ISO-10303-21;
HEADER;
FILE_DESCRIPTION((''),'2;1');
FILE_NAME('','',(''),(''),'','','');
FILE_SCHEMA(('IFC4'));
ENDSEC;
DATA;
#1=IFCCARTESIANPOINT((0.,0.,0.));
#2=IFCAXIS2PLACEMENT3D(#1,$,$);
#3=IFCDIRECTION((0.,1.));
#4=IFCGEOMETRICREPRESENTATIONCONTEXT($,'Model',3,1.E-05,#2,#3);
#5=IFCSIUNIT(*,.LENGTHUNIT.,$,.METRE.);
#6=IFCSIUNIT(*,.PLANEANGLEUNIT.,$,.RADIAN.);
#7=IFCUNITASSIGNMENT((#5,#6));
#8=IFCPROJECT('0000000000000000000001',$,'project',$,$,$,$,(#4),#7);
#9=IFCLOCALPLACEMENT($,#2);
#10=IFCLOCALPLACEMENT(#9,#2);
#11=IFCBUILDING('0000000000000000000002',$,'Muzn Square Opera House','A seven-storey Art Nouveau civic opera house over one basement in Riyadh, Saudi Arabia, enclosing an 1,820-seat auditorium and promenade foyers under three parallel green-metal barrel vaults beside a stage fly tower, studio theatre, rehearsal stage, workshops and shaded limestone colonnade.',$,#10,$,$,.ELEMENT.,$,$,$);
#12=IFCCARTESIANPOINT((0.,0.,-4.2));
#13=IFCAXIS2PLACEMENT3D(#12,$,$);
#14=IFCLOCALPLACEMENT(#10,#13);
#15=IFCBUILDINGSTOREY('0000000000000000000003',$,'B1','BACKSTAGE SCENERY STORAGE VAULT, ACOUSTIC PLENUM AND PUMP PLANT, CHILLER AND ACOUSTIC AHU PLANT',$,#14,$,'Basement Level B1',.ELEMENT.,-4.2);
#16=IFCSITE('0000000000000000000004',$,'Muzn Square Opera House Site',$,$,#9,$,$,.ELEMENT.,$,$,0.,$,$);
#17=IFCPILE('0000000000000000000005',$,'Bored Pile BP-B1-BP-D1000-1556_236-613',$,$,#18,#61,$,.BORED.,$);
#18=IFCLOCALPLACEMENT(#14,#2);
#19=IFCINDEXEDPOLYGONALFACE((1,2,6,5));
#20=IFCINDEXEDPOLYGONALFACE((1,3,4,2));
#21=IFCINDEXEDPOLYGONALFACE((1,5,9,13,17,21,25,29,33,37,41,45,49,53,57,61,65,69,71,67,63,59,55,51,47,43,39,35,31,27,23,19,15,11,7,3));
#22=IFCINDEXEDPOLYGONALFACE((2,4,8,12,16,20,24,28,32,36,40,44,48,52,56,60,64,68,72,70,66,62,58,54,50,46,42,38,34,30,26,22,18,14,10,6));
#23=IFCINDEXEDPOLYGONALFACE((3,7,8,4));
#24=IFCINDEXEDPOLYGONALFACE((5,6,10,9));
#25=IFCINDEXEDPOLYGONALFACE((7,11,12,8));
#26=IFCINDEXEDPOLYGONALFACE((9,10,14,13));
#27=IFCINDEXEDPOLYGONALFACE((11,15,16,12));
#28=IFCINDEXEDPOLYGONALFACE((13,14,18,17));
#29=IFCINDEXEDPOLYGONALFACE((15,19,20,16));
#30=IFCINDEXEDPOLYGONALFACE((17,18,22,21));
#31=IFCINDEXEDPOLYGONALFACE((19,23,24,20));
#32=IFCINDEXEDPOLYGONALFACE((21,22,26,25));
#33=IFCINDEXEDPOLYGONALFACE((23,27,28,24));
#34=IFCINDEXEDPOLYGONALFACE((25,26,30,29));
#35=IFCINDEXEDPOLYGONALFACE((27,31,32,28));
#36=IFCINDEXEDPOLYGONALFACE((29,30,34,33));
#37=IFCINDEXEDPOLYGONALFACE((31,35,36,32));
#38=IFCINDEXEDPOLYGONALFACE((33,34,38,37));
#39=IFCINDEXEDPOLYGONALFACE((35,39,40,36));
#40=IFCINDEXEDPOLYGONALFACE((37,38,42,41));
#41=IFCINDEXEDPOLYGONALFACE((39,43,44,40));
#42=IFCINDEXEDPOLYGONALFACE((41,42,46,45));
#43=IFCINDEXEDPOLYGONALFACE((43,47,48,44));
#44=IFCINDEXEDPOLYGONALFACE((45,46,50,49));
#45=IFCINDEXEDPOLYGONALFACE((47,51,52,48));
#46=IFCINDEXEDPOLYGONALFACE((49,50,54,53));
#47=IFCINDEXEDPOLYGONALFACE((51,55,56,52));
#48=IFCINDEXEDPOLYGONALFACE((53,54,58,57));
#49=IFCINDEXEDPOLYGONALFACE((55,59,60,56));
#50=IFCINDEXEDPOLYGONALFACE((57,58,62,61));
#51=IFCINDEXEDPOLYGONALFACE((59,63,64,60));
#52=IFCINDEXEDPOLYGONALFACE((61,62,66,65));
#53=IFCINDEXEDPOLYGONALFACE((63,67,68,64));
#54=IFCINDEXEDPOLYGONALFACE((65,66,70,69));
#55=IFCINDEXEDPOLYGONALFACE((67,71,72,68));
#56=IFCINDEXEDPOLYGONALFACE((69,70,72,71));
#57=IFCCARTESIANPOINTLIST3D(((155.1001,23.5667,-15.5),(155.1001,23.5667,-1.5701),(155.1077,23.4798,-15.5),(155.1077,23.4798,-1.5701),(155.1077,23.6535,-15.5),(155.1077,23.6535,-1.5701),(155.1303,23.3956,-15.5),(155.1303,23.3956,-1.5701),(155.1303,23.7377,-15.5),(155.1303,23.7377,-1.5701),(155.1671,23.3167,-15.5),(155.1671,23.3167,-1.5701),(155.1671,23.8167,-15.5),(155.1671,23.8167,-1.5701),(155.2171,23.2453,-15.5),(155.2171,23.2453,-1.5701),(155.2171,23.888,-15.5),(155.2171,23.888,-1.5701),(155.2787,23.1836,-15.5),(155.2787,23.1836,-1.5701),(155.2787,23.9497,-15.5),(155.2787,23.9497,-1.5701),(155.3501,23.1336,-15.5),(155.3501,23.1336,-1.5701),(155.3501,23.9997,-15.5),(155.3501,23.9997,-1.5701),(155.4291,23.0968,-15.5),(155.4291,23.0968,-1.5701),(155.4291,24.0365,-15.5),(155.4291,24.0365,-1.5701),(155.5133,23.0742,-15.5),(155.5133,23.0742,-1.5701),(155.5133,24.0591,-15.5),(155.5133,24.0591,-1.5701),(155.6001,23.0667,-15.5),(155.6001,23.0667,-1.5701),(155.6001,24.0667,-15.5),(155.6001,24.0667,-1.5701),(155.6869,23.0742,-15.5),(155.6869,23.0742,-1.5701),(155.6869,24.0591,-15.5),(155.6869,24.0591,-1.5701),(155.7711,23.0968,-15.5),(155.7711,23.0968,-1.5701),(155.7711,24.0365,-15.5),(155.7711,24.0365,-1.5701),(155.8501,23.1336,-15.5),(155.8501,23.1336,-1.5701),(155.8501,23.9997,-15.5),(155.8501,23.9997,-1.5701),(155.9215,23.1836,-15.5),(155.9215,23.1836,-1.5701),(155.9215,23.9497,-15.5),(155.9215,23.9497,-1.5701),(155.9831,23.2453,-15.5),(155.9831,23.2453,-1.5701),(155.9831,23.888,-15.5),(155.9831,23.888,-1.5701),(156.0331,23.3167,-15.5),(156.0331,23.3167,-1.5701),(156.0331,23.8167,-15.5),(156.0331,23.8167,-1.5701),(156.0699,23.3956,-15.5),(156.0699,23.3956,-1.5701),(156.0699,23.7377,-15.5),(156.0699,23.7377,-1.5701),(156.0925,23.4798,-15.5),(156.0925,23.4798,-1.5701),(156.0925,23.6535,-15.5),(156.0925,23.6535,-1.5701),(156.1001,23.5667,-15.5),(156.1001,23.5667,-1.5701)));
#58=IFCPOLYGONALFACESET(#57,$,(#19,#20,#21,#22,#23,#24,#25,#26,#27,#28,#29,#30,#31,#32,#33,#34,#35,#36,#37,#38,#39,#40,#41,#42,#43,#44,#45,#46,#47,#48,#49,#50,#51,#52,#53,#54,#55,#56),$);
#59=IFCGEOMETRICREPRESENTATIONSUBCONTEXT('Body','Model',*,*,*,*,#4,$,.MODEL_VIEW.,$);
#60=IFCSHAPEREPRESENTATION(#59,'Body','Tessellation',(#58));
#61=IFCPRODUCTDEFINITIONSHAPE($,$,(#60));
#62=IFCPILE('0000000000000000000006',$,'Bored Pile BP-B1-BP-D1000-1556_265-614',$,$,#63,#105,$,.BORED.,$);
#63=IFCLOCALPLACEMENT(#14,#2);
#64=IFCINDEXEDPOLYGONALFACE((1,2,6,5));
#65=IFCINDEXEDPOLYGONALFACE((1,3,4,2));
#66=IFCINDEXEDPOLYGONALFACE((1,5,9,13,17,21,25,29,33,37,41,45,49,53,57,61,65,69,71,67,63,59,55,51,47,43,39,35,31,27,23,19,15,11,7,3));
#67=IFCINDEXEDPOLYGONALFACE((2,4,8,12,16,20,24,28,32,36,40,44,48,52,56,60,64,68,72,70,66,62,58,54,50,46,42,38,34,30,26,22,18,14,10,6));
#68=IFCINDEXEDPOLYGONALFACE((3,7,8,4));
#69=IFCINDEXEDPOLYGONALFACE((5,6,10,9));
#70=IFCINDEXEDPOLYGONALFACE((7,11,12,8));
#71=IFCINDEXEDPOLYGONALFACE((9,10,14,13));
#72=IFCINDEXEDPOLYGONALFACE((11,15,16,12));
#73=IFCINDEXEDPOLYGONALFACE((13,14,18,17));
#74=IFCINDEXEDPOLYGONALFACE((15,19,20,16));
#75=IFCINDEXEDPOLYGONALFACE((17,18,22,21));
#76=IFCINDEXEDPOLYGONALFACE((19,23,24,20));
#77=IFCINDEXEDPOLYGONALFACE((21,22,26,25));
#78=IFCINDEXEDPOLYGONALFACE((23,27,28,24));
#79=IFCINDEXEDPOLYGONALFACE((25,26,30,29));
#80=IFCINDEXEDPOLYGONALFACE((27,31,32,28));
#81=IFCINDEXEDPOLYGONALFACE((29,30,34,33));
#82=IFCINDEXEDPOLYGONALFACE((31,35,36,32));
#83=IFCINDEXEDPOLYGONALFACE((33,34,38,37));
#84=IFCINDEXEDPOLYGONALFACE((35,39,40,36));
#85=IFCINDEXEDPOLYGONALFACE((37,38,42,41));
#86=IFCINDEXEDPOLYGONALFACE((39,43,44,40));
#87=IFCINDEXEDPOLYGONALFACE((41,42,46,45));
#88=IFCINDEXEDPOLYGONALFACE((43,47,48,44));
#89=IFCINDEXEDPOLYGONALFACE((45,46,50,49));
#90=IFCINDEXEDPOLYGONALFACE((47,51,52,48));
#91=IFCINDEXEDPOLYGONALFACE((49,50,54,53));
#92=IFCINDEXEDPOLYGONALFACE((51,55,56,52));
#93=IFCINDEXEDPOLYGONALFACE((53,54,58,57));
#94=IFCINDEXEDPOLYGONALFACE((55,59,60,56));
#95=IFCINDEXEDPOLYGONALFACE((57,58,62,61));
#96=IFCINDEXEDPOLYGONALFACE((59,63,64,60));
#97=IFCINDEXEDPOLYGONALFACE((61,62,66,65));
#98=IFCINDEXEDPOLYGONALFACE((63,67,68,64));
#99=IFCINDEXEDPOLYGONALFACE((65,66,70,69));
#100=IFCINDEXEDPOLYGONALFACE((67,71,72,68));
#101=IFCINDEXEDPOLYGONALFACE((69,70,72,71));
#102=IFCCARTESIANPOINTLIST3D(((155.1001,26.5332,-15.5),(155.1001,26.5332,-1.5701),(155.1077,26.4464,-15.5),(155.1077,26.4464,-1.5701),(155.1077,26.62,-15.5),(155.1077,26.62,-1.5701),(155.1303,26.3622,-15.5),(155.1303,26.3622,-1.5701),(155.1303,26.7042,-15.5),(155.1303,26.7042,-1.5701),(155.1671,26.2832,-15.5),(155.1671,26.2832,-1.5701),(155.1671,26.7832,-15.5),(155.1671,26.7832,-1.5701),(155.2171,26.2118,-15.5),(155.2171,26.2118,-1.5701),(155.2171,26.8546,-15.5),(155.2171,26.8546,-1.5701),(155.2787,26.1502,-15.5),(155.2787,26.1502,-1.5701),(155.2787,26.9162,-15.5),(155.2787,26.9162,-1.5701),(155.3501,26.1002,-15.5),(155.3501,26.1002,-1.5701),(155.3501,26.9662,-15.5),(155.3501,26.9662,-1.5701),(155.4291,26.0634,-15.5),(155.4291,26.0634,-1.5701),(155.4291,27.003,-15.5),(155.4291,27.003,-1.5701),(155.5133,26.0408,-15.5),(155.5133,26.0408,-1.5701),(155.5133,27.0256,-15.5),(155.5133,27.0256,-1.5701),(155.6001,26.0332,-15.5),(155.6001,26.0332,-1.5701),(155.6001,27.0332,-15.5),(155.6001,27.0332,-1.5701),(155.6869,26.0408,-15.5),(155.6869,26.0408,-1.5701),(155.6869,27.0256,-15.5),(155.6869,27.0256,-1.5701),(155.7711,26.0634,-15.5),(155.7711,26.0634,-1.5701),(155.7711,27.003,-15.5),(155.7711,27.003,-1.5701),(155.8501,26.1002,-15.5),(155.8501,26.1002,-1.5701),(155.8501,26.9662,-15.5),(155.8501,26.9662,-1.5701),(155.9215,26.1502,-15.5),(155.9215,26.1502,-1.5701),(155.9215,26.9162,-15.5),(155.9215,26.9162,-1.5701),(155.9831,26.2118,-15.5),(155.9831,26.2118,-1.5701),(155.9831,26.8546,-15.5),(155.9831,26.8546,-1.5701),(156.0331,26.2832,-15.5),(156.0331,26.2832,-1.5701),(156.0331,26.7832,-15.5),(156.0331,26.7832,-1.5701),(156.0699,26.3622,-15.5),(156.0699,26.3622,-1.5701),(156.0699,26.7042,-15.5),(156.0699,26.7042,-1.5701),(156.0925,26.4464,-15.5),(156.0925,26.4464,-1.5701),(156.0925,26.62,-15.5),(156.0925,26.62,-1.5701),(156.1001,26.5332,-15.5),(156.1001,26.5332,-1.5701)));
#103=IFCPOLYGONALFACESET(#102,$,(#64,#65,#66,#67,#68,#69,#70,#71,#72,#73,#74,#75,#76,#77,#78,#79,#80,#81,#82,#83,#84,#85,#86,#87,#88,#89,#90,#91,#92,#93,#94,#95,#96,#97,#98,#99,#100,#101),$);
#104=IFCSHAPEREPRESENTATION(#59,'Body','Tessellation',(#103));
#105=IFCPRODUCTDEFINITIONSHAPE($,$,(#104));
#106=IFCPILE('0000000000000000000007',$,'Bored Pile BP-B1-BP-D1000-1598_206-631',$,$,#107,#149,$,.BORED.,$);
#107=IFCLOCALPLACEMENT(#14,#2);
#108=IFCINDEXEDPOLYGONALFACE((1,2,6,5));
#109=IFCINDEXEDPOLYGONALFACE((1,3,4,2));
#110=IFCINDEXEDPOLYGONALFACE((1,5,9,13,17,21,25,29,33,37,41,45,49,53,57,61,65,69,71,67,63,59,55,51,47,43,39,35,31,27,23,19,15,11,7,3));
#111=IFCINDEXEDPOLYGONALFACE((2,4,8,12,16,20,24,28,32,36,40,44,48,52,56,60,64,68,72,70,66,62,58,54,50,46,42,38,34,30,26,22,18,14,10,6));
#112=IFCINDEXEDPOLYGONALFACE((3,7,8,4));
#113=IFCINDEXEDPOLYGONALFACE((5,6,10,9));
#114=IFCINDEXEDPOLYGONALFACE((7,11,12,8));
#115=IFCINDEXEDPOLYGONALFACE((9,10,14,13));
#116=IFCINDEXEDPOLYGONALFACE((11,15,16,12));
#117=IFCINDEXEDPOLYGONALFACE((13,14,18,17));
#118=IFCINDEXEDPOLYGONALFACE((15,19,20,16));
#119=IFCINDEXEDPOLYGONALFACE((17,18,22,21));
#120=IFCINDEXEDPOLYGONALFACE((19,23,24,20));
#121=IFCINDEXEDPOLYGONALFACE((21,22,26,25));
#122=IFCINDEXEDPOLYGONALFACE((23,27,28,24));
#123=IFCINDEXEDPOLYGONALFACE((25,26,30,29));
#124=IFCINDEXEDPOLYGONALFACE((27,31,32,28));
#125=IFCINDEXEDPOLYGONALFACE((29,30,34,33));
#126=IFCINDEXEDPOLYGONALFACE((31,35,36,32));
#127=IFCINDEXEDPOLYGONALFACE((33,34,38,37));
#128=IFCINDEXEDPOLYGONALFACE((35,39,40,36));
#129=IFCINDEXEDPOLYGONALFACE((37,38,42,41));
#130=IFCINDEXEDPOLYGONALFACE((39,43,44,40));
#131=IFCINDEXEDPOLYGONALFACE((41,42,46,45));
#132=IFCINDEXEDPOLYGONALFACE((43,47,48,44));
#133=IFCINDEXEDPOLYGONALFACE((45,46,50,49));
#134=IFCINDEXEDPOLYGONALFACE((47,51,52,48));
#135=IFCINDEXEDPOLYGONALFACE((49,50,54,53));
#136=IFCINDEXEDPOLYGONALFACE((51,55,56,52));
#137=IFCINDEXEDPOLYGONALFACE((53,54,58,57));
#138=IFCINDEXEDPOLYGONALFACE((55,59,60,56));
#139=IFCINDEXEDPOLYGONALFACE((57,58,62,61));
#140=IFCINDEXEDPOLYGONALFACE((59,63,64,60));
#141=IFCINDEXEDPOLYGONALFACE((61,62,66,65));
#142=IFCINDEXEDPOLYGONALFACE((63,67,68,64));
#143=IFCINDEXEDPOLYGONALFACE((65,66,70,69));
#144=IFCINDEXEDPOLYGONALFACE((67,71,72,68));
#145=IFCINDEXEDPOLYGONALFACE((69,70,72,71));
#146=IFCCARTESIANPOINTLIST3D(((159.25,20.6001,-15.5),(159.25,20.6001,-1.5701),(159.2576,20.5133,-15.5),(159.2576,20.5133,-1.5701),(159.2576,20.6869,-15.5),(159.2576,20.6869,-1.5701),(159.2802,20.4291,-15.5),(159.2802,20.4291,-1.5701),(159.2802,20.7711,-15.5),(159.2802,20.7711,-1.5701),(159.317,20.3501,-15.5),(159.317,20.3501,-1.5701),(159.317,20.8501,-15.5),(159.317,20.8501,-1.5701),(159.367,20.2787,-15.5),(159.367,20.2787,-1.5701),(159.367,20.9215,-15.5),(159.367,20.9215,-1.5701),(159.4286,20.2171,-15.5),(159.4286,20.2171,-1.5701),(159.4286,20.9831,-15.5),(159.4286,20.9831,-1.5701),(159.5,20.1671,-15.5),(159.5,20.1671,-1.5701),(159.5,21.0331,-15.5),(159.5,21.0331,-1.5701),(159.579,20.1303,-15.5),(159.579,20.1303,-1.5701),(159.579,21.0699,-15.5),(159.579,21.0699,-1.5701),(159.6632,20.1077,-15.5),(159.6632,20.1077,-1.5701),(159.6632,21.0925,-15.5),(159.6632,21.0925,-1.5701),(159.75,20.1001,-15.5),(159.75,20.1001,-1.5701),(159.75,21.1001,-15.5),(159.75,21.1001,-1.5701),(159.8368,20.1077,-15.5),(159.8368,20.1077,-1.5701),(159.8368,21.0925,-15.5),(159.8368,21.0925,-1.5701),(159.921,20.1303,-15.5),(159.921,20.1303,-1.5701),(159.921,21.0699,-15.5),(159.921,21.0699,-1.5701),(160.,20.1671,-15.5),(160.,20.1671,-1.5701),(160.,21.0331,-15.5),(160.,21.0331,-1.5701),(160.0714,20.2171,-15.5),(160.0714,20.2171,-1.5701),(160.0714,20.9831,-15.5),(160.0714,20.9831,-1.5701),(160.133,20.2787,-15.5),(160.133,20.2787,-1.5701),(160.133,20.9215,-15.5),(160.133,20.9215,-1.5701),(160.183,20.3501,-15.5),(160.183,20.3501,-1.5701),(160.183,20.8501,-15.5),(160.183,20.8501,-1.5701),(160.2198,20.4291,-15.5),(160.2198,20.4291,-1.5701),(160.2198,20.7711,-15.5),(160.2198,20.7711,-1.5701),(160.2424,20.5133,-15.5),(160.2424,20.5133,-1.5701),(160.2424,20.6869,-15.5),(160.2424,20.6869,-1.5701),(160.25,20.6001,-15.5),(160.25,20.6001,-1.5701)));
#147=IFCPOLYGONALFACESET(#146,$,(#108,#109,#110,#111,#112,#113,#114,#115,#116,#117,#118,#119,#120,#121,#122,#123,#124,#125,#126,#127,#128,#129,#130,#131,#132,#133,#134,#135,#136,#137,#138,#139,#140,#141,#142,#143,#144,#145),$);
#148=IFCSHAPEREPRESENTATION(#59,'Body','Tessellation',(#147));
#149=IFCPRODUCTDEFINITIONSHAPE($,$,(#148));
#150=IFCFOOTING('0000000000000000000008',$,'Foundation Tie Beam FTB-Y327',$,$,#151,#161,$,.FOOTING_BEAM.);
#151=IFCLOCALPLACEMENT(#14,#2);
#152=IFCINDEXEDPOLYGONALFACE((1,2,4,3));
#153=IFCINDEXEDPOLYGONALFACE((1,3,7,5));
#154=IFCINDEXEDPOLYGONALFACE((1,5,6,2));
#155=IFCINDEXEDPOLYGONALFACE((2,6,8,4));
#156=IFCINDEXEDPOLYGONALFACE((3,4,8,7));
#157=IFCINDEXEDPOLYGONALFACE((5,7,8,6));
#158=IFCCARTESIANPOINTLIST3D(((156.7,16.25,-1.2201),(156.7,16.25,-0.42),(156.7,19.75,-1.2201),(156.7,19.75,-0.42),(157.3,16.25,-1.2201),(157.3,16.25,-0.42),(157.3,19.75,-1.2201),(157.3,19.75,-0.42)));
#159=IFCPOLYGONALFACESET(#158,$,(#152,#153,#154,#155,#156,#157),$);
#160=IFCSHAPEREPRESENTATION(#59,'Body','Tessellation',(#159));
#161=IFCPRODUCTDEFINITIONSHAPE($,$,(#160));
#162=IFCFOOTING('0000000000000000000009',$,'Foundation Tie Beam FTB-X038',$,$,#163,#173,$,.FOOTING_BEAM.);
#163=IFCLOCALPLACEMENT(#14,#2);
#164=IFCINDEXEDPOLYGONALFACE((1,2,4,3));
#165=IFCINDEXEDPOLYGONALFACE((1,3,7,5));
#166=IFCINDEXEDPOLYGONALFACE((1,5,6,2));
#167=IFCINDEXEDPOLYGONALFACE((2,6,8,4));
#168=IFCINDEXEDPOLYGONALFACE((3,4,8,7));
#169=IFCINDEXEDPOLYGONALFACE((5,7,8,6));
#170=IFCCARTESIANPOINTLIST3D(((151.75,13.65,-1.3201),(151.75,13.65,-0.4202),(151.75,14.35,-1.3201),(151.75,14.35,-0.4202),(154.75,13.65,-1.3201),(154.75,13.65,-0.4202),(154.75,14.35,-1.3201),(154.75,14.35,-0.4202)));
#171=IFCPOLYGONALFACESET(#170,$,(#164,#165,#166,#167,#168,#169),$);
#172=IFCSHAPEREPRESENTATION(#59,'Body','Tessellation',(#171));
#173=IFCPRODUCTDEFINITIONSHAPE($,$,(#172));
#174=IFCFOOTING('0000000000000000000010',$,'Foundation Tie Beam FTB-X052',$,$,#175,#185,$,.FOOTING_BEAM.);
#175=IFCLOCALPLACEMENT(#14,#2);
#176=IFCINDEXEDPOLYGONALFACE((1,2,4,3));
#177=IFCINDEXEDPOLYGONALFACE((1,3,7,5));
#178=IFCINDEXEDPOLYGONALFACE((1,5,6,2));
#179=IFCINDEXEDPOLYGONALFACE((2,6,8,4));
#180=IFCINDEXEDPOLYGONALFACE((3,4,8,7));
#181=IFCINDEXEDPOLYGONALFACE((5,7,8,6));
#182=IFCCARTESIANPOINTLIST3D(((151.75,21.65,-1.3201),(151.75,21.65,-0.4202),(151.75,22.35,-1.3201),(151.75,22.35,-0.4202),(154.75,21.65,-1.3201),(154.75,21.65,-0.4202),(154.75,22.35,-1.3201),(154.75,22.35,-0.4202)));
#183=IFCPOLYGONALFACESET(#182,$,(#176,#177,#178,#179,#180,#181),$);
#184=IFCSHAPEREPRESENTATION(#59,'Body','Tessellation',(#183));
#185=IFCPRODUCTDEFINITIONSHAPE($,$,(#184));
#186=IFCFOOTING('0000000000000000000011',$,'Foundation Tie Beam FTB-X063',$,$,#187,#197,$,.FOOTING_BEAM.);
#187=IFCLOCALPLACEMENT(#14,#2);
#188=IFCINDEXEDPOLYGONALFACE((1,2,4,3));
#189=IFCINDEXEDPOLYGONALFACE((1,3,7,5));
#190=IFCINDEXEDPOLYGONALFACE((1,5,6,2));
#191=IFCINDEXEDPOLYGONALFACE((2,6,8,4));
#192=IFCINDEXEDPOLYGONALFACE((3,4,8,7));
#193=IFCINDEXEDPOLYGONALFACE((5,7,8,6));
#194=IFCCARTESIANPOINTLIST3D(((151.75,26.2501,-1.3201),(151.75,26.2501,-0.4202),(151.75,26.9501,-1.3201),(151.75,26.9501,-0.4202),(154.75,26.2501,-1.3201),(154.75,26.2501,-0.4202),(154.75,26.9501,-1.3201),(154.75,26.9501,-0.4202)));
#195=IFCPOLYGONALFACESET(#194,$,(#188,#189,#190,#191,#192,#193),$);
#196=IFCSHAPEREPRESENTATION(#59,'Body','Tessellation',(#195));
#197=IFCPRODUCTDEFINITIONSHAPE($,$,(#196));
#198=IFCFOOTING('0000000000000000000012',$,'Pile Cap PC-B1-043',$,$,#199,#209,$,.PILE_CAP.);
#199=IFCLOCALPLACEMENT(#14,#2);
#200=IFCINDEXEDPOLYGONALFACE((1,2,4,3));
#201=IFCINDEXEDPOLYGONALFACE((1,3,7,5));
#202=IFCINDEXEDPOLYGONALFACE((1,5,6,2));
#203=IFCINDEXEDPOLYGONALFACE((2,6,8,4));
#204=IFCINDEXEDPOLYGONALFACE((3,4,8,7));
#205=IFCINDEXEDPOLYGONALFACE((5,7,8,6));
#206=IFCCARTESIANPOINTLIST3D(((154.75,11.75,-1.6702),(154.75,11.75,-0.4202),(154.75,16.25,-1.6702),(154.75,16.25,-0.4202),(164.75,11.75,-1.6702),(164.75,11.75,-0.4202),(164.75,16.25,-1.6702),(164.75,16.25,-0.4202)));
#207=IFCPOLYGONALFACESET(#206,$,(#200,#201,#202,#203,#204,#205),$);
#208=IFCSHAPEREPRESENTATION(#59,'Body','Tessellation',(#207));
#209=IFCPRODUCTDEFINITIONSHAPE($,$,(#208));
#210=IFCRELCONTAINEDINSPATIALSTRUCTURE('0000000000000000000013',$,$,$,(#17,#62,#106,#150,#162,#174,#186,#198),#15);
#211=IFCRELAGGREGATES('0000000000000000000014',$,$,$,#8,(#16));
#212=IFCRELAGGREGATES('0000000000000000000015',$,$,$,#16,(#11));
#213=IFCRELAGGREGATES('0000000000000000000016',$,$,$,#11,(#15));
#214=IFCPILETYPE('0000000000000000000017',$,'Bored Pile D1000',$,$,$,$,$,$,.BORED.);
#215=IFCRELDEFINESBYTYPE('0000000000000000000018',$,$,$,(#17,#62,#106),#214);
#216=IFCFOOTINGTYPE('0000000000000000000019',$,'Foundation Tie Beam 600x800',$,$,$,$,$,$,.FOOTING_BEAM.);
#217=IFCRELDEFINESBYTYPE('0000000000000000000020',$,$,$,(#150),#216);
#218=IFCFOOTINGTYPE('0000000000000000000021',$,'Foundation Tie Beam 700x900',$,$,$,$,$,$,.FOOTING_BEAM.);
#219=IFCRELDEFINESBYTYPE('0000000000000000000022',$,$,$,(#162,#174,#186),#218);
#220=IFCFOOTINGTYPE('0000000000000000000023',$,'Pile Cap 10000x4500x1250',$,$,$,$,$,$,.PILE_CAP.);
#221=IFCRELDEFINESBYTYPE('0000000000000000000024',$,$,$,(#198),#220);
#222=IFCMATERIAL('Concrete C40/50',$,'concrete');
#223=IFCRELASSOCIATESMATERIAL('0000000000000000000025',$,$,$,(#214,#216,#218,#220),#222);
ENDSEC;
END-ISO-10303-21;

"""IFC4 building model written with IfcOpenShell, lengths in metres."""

from ifc_helpers import new_model, si_unit, direction, frame, origin, origin_2d, place, context, subcontext, project, spatial, rectangle, circle, extrude, material, material_profile, profile_set, type_object, element, save


model = new_model("IFC4")

# Units and contexts
model_context = context("Model", 3, precision=1e-05, world=origin(), true_north=direction((0.0, 1.0)))
body_context = subcontext(model_context, "Body", "Model", "MODEL_VIEW")
ifc_project = project(units=[si_unit("LENGTHUNIT", "METRE"), si_unit("PLANEANGLEUNIT", "RADIAN")], contexts=[model_context])

# Site, building, storey
site_placement = place(None, origin())
site = spatial("IfcSite", under=ifc_project, at=site_placement, Name="Muzn Square Opera House Site", CompositionType="ELEMENT", RefElevation=0.0)
building_placement = place(site_placement, origin())
building = spatial("IfcBuilding", under=site, at=building_placement, Name="Muzn Square Opera House", Description="A seven-storey Art Nouveau civic opera house over one basement in Riyadh, Saudi Arabia, enclosing an 1,820-seat auditorium and promenade foyers under three parallel green-metal barrel vaults beside a stage fly tower, studio theatre, rehearsal stage, workshops and shaded limestone colonnade.", CompositionType="ELEMENT")
storey_placement = place(building_placement, frame((0.0, 0.0, -4.2)))
storey = spatial("IfcBuildingStorey", under=building, at=storey_placement, Name="B1", Description="BACKSTAGE SCENERY STORAGE VAULT, ACOUSTIC PLENUM AND PUMP PLANT, CHILLER AND ACOUSTIC AHU PLANT", LongName="Basement Level B1", CompositionType="ELEMENT", Elevation=-4.2)

# Piles
ifc_material_1 = material(Name="Concrete C40/50", Category="concrete")
ifc_material_profile_1 = material_profile(ifc_material_1, circle(Radius=0.5, at=origin_2d()), Name="BORED PILE D1000", Category="concrete")
ifc_profile_set_1 = profile_set([ifc_material_profile_1], Name="Concrete C40/50")
pile_type = type_object("IfcPileType", Name="Bored Pile D1000", PredefinedType="BORED", material=ifc_profile_set_1)
for number, where, z_axis, x_axis, name in (
    (1, (155.6001, 23.5667, -1.5701), (0.0, 0.0, -1.0), (1.0, 0.0, 0.0), "Bored Pile BP-B1-BP-D1000-1556_236-613"),
    (2, (155.6001, 26.5332, -1.5701), (0.0, 0.0, -1.0), (1.0, 0.0, 0.0), "Bored Pile BP-B1-BP-D1000-1556_265-614"),
    (3, (159.75, 20.6001, -1.5701), (0.0, 0.0, -1.0), (1.0, 0.0, 0.0), "Bored Pile BP-B1-BP-D1000-1598_206-631"),
):
    element("IfcPile", number, at=place(storey_placement, frame(where, z_axis=z_axis, x_axis=x_axis)), inside=storey, type_object=pile_type, Name=name, PredefinedType="BORED", context=body_context, shape_type="SweptSolid", body=[
        extrude(circle(Radius=0.5, at=origin_2d()), origin(), (0.0, 0.0, 1.0), 13.9299),
    ])

# Footings
ifc_material_profile_2 = material_profile(ifc_material_1, rectangle(XDim=0.6001, YDim=0.8, at=origin_2d()), Name="RCTB 600x800", Category="concrete")
ifc_profile_set_2 = profile_set([ifc_material_profile_2], Name="Concrete C40/50")
footing_type_1 = type_object("IfcFootingType", Name="Foundation Tie Beam 600x800", PredefinedType="FOOTING_BEAM", material=ifc_profile_set_2)
footing_1_placement = place(storey_placement, frame((157.0, 16.25, -0.8201), z_axis=(0.0, 1.0, 0.0), x_axis=(-1.0, 0.0, 0.0)))
element("IfcFooting", 4, at=footing_1_placement, inside=storey, type_object=footing_type_1, Name="Foundation Tie Beam FTB-Y327", PredefinedType="FOOTING_BEAM", context=body_context, shape_type="SweptSolid", body=[
    extrude(rectangle(XDim=0.6001, YDim=0.8, at=origin_2d()), origin(), (0.0, 0.0, 1.0), 3.5),
])
ifc_material_profile_3 = material_profile(ifc_material_1, rectangle(XDim=0.7, YDim=0.8999, at=origin_2d()), Name="RCTB 700x900", Category="concrete")
ifc_profile_set_3 = profile_set([ifc_material_profile_3], Name="Concrete C40/50")
footing_type_2 = type_object("IfcFootingType", Name="Foundation Tie Beam 700x900", PredefinedType="FOOTING_BEAM", material=ifc_profile_set_3)
for number, where, z_axis, x_axis, name in (
    (5, (151.75, 14.0, -0.8701), (1.0, 0.0, 0.0), (0.0, 1.0, 0.0), "Foundation Tie Beam FTB-X038"),
    (6, (151.75, 22.0, -0.8701), (1.0, 0.0, 0.0), (0.0, 1.0, 0.0), "Foundation Tie Beam FTB-X052"),
    (7, (151.75, 26.6001, -0.8701), (1.0, 0.0, 0.0), (0.0, 1.0, 0.0), "Foundation Tie Beam FTB-X063"),
):
    element("IfcFooting", number, at=place(storey_placement, frame(where, z_axis=z_axis, x_axis=x_axis)), inside=storey, type_object=footing_type_2, Name=name, PredefinedType="FOOTING_BEAM", context=body_context, shape_type="SweptSolid", body=[
        extrude(rectangle(XDim=0.7, YDim=0.8999, at=origin_2d()), origin(), (0.0, 0.0, 1.0), 3.0),
    ])
footing_type_3 = type_object("IfcFootingType", Name="Pile Cap 10000x4500x1250", PredefinedType="PILE_CAP", material=ifc_material_1)
footing_2_placement = place(storey_placement, frame((159.75, 14.0, -1.6702), z_axis=(0.0, 0.0, 1.0), x_axis=(1.0, 0.0, 0.0)))
element("IfcFooting", 8, at=footing_2_placement, inside=storey, type_object=footing_type_3, Name="Pile Cap PC-B1-043", PredefinedType="PILE_CAP", context=body_context, shape_type="SweptSolid", body=[
    extrude(rectangle(XDim=10.0, YDim=4.5, at=origin_2d()), origin(), (0.0, 0.0, 1.0), 1.25),
])

save(model, "model.ifc")
